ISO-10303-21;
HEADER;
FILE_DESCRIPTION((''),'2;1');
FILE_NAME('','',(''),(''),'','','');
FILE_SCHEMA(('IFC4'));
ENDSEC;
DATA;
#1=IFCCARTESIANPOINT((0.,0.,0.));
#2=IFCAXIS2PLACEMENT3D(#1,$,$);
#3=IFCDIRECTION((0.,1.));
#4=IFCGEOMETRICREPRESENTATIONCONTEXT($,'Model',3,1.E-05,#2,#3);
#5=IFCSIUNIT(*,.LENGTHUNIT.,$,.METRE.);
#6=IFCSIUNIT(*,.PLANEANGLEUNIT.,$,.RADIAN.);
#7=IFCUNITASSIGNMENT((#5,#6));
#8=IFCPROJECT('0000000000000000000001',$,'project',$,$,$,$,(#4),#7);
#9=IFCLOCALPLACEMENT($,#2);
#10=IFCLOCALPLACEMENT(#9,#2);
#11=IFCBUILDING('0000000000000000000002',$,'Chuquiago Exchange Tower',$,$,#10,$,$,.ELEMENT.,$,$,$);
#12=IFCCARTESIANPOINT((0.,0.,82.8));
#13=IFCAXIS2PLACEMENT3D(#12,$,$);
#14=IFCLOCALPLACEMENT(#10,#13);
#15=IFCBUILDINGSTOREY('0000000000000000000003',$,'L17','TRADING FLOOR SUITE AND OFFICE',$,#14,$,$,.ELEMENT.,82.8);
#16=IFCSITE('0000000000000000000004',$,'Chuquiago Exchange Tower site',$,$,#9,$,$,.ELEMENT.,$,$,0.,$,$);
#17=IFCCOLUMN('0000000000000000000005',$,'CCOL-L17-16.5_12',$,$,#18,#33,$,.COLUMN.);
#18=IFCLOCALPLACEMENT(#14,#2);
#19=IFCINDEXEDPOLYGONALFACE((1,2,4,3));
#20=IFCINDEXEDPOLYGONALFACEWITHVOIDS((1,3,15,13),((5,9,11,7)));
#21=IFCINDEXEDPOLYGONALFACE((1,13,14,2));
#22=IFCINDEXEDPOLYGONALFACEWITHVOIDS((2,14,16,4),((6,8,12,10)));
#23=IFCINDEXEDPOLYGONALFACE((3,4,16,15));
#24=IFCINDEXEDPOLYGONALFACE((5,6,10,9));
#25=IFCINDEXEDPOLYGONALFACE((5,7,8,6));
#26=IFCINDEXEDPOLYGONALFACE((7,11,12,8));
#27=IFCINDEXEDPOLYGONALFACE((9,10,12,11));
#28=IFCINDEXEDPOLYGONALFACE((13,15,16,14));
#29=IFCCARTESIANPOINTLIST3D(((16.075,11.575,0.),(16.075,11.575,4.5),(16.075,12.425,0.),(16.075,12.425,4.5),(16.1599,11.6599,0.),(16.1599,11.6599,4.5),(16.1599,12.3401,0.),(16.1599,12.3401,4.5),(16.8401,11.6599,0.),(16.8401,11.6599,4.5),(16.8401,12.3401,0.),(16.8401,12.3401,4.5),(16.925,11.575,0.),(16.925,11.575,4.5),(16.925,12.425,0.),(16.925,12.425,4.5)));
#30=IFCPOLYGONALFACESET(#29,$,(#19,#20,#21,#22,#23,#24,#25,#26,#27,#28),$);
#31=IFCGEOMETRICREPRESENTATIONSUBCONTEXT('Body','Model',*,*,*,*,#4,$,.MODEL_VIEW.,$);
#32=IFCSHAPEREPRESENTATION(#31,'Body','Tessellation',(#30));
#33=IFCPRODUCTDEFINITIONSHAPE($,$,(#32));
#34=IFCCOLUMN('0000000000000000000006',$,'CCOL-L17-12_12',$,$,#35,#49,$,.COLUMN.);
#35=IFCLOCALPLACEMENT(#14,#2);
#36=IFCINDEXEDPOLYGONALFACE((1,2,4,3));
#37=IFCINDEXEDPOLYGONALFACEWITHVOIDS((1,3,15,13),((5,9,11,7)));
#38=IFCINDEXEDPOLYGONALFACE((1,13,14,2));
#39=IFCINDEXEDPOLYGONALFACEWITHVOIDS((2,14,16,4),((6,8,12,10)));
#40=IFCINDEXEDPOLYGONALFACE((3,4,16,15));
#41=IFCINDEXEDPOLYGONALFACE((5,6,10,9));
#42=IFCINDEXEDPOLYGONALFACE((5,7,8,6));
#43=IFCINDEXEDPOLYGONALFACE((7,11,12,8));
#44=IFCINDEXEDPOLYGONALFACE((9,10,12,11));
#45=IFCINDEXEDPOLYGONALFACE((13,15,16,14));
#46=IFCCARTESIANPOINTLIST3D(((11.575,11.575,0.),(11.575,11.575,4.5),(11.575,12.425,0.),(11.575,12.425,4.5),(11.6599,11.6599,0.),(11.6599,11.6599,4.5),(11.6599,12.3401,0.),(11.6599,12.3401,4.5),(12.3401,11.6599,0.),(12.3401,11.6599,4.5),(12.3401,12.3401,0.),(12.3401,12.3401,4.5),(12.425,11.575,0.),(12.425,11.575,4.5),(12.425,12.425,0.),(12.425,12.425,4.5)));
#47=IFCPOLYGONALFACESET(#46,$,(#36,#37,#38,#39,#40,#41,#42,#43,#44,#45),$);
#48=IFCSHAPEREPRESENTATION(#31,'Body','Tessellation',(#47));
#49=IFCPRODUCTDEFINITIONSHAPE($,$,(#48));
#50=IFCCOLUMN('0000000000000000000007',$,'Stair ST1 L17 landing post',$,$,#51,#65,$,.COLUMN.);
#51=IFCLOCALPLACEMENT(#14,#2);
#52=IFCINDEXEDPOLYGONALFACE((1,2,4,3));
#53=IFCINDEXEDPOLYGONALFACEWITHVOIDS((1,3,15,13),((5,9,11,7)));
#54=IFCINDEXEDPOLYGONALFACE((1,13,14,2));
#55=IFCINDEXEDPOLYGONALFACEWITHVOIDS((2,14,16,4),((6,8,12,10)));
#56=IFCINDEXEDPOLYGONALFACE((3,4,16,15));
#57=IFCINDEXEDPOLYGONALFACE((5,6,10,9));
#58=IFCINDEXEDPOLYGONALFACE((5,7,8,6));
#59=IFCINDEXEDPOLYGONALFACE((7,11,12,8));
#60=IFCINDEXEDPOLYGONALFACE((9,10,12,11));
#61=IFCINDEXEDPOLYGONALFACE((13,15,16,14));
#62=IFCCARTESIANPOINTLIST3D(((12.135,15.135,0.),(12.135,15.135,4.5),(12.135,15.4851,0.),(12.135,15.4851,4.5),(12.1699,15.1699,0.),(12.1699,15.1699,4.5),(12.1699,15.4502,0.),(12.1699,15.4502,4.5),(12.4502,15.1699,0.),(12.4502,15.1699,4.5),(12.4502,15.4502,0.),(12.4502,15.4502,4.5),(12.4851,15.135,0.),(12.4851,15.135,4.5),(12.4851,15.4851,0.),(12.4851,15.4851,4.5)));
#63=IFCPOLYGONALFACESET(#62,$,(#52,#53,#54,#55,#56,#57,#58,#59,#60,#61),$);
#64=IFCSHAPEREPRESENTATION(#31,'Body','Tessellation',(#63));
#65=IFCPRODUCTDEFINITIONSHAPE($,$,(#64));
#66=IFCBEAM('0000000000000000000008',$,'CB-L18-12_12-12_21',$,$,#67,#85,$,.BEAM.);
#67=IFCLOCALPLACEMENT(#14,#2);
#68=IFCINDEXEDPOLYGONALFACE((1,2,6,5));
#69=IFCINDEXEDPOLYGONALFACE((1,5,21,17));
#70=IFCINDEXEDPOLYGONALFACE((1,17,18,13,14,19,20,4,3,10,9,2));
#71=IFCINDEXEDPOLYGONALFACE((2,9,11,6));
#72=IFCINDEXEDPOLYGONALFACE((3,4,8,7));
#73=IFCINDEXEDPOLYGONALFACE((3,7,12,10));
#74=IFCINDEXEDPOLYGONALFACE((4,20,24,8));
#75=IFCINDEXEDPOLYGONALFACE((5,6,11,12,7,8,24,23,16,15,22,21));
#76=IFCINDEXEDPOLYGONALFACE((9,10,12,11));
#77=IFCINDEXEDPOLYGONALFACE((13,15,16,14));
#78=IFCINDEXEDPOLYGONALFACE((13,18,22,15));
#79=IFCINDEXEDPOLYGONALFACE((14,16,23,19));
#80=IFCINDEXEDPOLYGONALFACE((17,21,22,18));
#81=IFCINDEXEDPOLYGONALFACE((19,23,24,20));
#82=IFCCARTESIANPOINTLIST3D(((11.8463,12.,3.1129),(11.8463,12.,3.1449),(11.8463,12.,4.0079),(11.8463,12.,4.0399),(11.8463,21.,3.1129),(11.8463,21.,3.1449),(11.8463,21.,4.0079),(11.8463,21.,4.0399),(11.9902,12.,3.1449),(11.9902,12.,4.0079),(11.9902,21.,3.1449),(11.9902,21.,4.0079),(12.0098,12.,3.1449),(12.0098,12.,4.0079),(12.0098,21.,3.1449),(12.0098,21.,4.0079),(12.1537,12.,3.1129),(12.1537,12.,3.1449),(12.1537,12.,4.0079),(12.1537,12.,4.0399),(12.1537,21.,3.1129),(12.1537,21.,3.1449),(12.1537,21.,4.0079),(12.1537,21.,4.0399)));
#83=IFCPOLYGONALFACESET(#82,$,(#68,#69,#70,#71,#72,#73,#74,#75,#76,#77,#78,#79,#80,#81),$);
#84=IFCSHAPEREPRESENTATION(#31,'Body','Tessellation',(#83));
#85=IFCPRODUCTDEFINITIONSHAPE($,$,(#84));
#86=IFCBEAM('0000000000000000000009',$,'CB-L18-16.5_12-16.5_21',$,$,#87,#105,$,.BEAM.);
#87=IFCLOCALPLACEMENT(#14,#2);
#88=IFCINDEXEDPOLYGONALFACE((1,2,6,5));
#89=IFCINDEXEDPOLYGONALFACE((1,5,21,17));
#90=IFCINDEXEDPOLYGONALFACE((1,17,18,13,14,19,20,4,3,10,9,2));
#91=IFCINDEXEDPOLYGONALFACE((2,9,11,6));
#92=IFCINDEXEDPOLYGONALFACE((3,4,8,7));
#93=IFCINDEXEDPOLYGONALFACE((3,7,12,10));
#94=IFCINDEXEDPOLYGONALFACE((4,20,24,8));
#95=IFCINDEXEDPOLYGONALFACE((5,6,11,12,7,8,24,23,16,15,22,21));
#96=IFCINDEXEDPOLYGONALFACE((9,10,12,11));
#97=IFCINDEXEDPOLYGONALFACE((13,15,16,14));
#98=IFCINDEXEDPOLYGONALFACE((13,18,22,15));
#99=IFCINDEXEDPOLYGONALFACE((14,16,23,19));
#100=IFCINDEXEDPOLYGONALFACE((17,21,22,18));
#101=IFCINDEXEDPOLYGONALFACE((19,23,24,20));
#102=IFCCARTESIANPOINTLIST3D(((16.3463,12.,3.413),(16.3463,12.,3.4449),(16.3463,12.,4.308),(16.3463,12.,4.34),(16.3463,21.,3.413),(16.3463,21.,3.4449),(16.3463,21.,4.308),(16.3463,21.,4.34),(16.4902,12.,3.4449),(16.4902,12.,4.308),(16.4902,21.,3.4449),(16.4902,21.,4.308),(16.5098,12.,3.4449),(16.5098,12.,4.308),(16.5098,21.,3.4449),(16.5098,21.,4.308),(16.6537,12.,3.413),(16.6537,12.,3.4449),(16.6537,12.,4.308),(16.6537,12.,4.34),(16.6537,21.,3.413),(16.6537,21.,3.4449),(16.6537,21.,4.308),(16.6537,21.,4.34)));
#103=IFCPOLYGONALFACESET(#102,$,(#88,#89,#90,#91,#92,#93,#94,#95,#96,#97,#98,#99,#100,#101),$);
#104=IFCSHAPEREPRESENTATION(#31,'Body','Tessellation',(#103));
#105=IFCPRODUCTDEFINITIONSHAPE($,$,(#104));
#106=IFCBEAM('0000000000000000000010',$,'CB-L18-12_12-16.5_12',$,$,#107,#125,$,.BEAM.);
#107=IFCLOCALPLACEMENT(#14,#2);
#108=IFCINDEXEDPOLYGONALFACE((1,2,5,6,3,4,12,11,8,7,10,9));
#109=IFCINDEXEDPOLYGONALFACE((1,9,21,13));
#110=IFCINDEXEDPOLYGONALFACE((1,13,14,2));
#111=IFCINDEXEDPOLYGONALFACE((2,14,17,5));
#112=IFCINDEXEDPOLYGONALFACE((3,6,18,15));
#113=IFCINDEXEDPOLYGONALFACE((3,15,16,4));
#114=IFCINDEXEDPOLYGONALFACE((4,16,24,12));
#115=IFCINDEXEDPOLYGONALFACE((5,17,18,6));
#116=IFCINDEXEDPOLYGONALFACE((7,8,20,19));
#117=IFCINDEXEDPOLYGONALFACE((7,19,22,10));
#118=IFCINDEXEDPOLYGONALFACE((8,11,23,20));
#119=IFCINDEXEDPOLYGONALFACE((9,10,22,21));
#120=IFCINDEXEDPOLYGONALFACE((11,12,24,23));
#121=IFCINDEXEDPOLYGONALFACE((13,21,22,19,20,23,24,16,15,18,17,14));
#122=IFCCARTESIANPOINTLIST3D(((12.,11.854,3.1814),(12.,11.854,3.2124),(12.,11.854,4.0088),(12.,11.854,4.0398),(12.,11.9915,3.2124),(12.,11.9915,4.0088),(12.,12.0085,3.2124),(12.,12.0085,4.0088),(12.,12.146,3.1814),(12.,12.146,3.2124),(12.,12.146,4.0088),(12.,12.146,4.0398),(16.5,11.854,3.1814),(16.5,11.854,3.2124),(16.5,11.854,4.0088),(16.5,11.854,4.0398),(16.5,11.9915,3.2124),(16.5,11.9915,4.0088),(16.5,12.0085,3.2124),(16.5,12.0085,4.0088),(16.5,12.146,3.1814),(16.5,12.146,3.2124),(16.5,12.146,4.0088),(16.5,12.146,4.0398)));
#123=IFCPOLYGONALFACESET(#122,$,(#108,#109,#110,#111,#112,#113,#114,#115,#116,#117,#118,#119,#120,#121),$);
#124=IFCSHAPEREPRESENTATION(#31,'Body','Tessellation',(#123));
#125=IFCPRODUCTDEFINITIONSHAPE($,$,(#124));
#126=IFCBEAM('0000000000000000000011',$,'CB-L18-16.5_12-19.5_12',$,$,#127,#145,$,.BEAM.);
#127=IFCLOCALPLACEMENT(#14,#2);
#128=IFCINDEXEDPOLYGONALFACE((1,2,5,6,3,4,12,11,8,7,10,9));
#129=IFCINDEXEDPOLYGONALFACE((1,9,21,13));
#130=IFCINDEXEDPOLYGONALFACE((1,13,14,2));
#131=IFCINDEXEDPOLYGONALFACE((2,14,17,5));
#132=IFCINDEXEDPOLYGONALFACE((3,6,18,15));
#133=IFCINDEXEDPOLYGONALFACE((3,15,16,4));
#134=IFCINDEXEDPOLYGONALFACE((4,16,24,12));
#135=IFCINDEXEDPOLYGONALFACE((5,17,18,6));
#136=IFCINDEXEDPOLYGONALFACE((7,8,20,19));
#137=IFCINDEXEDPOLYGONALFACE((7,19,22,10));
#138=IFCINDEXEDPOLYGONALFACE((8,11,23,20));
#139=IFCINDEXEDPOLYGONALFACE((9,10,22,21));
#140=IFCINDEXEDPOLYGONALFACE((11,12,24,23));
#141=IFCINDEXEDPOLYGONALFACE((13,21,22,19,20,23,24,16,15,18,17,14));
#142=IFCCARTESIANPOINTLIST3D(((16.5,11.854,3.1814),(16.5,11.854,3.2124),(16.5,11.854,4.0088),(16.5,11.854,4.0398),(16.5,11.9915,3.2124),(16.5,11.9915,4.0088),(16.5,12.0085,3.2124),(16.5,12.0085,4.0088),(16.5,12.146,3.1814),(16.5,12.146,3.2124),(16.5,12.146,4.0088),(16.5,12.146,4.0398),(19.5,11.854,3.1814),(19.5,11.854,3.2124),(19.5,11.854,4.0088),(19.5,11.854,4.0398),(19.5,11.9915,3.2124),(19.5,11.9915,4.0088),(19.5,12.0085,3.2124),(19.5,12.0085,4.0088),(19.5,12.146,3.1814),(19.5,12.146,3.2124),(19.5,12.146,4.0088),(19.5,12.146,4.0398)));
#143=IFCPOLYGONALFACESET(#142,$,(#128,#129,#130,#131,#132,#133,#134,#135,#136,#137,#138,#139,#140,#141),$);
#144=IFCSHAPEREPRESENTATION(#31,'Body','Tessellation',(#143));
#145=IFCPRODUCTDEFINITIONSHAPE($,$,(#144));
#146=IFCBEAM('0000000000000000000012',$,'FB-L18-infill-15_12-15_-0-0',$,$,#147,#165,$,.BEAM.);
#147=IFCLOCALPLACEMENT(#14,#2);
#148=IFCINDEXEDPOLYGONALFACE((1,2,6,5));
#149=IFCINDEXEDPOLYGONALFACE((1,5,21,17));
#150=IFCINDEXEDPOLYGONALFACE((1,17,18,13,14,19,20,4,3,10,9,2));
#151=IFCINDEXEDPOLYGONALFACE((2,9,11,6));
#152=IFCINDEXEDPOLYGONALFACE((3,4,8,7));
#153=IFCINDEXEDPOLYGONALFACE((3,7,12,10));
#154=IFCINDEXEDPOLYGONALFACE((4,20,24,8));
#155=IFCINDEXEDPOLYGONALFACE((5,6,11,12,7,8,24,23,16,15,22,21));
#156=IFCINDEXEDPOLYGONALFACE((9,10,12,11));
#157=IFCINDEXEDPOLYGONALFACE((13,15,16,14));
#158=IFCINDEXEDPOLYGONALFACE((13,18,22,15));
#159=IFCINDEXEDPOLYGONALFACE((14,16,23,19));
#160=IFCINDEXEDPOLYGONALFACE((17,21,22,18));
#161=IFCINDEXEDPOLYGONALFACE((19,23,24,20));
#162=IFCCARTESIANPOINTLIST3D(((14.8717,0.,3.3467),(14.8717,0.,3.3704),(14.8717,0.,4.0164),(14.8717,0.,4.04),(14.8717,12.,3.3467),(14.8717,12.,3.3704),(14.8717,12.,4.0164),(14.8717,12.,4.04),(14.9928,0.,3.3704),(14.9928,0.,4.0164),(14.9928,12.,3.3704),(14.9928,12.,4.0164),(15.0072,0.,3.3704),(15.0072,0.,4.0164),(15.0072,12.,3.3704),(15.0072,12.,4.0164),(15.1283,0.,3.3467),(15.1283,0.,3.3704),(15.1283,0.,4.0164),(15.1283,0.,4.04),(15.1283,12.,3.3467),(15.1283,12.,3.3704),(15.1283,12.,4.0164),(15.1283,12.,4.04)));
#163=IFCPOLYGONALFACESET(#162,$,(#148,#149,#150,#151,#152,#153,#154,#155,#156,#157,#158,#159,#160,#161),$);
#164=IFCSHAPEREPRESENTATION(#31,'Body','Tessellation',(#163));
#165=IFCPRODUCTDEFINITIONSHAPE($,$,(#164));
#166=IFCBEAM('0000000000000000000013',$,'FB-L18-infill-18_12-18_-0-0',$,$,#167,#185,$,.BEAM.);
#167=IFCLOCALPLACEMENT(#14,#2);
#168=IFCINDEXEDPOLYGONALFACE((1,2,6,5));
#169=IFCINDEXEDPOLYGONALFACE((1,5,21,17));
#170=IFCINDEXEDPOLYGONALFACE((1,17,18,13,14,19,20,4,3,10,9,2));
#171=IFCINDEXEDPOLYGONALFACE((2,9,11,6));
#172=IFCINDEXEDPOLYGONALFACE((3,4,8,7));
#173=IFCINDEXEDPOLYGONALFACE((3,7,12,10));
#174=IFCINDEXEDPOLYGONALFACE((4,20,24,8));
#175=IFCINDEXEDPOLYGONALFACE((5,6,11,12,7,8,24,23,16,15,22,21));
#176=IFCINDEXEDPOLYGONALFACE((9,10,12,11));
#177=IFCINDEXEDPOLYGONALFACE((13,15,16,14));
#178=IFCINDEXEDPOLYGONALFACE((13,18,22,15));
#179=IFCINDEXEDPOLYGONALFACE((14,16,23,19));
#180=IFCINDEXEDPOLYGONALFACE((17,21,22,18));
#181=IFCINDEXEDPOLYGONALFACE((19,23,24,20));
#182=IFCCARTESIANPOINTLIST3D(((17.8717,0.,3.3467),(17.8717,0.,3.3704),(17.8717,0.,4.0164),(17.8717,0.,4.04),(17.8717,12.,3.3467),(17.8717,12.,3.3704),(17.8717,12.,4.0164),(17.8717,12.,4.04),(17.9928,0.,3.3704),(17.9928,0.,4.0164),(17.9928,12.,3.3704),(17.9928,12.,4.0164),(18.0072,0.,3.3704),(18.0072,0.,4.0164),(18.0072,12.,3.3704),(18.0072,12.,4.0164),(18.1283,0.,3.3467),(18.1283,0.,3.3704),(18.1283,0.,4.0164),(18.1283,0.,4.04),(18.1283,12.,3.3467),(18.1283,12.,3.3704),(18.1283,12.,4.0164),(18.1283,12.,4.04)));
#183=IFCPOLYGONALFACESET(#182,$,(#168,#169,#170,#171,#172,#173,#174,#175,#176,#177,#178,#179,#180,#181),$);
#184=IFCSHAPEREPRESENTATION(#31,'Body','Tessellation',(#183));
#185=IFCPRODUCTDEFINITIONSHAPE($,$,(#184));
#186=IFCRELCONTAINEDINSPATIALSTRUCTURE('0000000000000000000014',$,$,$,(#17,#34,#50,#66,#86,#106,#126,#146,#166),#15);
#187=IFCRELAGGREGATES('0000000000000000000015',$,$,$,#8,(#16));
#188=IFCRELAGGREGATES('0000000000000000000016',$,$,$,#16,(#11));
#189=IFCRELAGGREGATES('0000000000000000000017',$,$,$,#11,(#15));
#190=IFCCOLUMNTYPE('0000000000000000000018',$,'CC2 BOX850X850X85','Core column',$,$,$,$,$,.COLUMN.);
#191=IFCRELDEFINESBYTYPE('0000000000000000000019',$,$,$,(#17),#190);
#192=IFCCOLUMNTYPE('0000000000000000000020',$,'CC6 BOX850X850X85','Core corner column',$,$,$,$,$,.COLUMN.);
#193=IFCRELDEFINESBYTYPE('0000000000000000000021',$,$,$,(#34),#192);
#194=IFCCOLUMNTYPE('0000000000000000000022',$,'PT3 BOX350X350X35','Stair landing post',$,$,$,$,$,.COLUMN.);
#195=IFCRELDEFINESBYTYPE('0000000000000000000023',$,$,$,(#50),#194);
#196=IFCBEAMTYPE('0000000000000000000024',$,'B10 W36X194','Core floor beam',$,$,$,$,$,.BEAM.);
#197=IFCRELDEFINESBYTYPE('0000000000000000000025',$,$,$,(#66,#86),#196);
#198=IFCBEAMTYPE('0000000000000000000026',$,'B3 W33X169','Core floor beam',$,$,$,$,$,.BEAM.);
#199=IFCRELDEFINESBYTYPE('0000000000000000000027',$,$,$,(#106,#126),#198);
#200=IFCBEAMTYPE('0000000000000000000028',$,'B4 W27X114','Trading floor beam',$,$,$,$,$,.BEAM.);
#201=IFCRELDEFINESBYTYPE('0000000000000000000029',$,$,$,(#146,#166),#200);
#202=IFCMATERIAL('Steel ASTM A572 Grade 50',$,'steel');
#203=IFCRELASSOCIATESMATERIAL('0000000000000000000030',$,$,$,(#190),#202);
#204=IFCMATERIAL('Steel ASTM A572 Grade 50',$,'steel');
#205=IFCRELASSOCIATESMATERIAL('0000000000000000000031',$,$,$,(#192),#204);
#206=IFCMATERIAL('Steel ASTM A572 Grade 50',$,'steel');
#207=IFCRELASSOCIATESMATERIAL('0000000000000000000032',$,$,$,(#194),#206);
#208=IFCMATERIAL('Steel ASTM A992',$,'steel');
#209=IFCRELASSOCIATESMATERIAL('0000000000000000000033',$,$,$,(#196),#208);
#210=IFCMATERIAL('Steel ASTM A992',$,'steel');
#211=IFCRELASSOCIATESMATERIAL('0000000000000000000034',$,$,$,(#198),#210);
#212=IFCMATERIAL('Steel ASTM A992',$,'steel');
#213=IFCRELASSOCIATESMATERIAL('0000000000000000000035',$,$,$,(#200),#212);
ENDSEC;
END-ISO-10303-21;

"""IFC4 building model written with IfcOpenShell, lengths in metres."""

from ifc_helpers import new_model, si_unit, direction, frame, origin, origin_2d, place, context, subcontext, project, spatial, hollow_rectangle, i_section, extrude, material, material_profile, profile_set, type_object, element, save


model = new_model("IFC4")

# Units and contexts
model_context = context("Model", 3, precision=1e-05, world=origin(), true_north=direction((0.0, 1.0)))
body_context = subcontext(model_context, "Body", "Model", "MODEL_VIEW")
ifc_project = project(units=[si_unit("LENGTHUNIT", "METRE"), si_unit("PLANEANGLEUNIT", "RADIAN")], contexts=[model_context])

# Site, building, storey
site_placement = place(None, origin())
site = spatial("IfcSite", under=ifc_project, at=site_placement, Name="Chuquiago Exchange Tower site", CompositionType="ELEMENT", RefElevation=0.0)
building_placement = place(site_placement, origin())
building = spatial("IfcBuilding", under=site, at=building_placement, Name="Chuquiago Exchange Tower", CompositionType="ELEMENT")
storey_placement = place(building_placement, frame((0.0, 0.0, 82.8)))
storey = spatial("IfcBuildingStorey", under=building, at=storey_placement, Name="L17", Description="TRADING FLOOR SUITE AND OFFICE", CompositionType="ELEMENT", Elevation=82.8)

# Columns
ifc_material_1 = material(Name="Steel ASTM A572 Grade 50", Category="steel")
ifc_material_profile_1 = material_profile(ifc_material_1, hollow_rectangle(XDim=0.8501, YDim=0.8501, WallThickness=0.085, at=origin_2d()), Name="BOX850X850X85")
ifc_profile_set_1 = profile_set([ifc_material_profile_1], Name="Steel ASTM A572 Grade 50")
column_type_1 = type_object("IfcColumnType", Name="CC2 BOX850X850X85", Description="Core column", PredefinedType="COLUMN", material=ifc_profile_set_1)
column_1_placement = place(storey_placement, frame((16.5, 12.0, 0.0), z_axis=(0.0, 0.0, 1.0), x_axis=(1.0, 0.0, 0.0)))
element("IfcColumn", 1, at=column_1_placement, inside=storey, type_object=column_type_1, Name="CCOL-L17-16.5_12", PredefinedType="COLUMN", context=body_context, shape_type="SweptSolid", body=[
    extrude(hollow_rectangle(XDim=0.8501, YDim=0.8501, WallThickness=0.085, at=origin_2d()), origin(), (0.0, 0.0, 1.0), 4.5),
])
ifc_material_2 = material(Name="Steel ASTM A572 Grade 50", Category="steel")
ifc_material_profile_2 = material_profile(ifc_material_2, hollow_rectangle(XDim=0.8501, YDim=0.8501, WallThickness=0.085, at=origin_2d()), Name="BOX850X850X85")
ifc_profile_set_2 = profile_set([ifc_material_profile_2], Name="Steel ASTM A572 Grade 50")
column_type_2 = type_object("IfcColumnType", Name="CC6 BOX850X850X85", Description="Core corner column", PredefinedType="COLUMN", material=ifc_profile_set_2)
column_2_placement = place(storey_placement, frame((12.0, 12.0, 0.0), z_axis=(0.0, 0.0, 1.0), x_axis=(1.0, 0.0, 0.0)))
element("IfcColumn", 2, at=column_2_placement, inside=storey, type_object=column_type_2, Name="CCOL-L17-12_12", PredefinedType="COLUMN", context=body_context, shape_type="SweptSolid", body=[
    extrude(hollow_rectangle(XDim=0.8501, YDim=0.8501, WallThickness=0.085, at=origin_2d()), origin(), (0.0, 0.0, 1.0), 4.5),
])
ifc_material_3 = material(Name="Steel ASTM A572 Grade 50", Category="steel")
ifc_material_profile_3 = material_profile(ifc_material_3, hollow_rectangle(XDim=0.3501, YDim=0.3501, WallThickness=0.0349, at=origin_2d()), Name="BOX350X350X35")
ifc_profile_set_3 = profile_set([ifc_material_profile_3], Name="Steel ASTM A572 Grade 50")
column_type_3 = type_object("IfcColumnType", Name="PT3 BOX350X350X35", Description="Stair landing post", PredefinedType="COLUMN", material=ifc_profile_set_3)
column_3_placement = place(storey_placement, frame((12.3101, 15.3101, 0.0), z_axis=(0.0, 0.0, 1.0), x_axis=(1.0, 0.0, 0.0)))
element("IfcColumn", 3, at=column_3_placement, inside=storey, type_object=column_type_3, Name="Stair ST1 L17 landing post", PredefinedType="COLUMN", context=body_context, shape_type="SweptSolid", body=[
    extrude(hollow_rectangle(XDim=0.3501, YDim=0.3501, WallThickness=0.0349, at=origin_2d()), origin(), (0.0, 0.0, 1.0), 4.5),
])

# Beams
ifc_material_4 = material(Name="Steel ASTM A992", Category="steel")
ifc_material_profile_4 = material_profile(ifc_material_4, i_section(OverallWidth=0.3074, OverallDepth=0.927, WebThickness=0.0195, FlangeThickness=0.032, at=origin_2d()), Name="W36X194")
ifc_profile_set_4 = profile_set([ifc_material_profile_4], Name="Steel ASTM A992")
beam_type_1 = type_object("IfcBeamType", Name="B10 W36X194", Description="Core floor beam", PredefinedType="BEAM", material=ifc_profile_set_4)
for number, where, z_axis, x_axis, name in (
    (4, (12.0, 12.0, 3.5764), (0.0, 1.0, 0.0), (-1.0, 0.0, 0.0), "CB-L18-12_12-12_21"),
    (5, (16.5, 12.0, 3.8765), (0.0, 1.0, 0.0), (-1.0, 0.0, 0.0), "CB-L18-16.5_12-16.5_21"),
):
    element("IfcBeam", number, at=place(storey_placement, frame(where, z_axis=z_axis, x_axis=x_axis)), inside=storey, type_object=beam_type_1, Name=name, PredefinedType="BEAM", context=body_context, shape_type="SweptSolid", body=[
        extrude(i_section(OverallWidth=0.3074, OverallDepth=0.927, WebThickness=0.0195, FlangeThickness=0.032, at=origin_2d()), origin(), (0.0, 0.0, 1.0), 9.0),
    ])
ifc_material_5 = material(Name="Steel ASTM A992", Category="steel")
ifc_material_profile_5 = material_profile(ifc_material_5, i_section(OverallWidth=0.292, OverallDepth=0.8584, WebThickness=0.0171, FlangeThickness=0.031, at=origin_2d()), Name="W33X169")
ifc_profile_set_5 = profile_set([ifc_material_profile_5], Name="Steel ASTM A992")
beam_type_2 = type_object("IfcBeamType", Name="B3 W33X169", Description="Core floor beam", PredefinedType="BEAM", material=ifc_profile_set_5)
beam_1_placement = place(storey_placement, frame((12.0, 12.0, 3.6106), z_axis=(1.0, 0.0, 0.0), x_axis=(0.0, 1.0, 0.0)))
element("IfcBeam", 6, at=beam_1_placement, inside=storey, type_object=beam_type_2, Name="CB-L18-12_12-16.5_12", PredefinedType="BEAM", context=body_context, shape_type="SweptSolid", body=[
    extrude(i_section(OverallWidth=0.292, OverallDepth=0.8584, WebThickness=0.0171, FlangeThickness=0.031, at=origin_2d()), origin(), (0.0, 0.0, 1.0), 4.5),
])
beam_2_placement = place(storey_placement, frame((16.5, 12.0, 3.6106), z_axis=(1.0, 0.0, 0.0), x_axis=(0.0, 1.0, 0.0)))
element("IfcBeam", 7, at=beam_2_placement, inside=storey, type_object=beam_type_2, Name="CB-L18-16.5_12-19.5_12", PredefinedType="BEAM", context=body_context, shape_type="SweptSolid", body=[
    extrude(i_section(OverallWidth=0.292, OverallDepth=0.8584, WebThickness=0.0171, FlangeThickness=0.031, at=origin_2d()), origin(), (0.0, 0.0, 1.0), 3.0),
])
ifc_material_6 = material(Name="Steel ASTM A992", Category="steel")
ifc_material_profile_6 = material_profile(ifc_material_6, i_section(OverallWidth=0.2566, OverallDepth=0.6934, WebThickness=0.0144, FlangeThickness=0.0237, at=origin_2d()), Name="W27X114")
ifc_profile_set_6 = profile_set([ifc_material_profile_6], Name="Steel ASTM A992")
beam_type_3 = type_object("IfcBeamType", Name="B4 W27X114", Description="Trading floor beam", PredefinedType="BEAM", material=ifc_profile_set_6)
for number, where, z_axis, x_axis, name in (
    (8, (15.0, 12.0, 3.6934), (0.0, -1.0, 0.0), (1.0, 0.0, 0.0), "FB-L18-infill-15_12-15_-0-0"),
    (9, (18.0, 12.0, 3.6934), (0.0, -1.0, 0.0), (1.0, 0.0, 0.0), "FB-L18-infill-18_12-18_-0-0"),
):
    element("IfcBeam", number, at=place(storey_placement, frame(where, z_axis=z_axis, x_axis=x_axis)), inside=storey, type_object=beam_type_3, Name=name, PredefinedType="BEAM", context=body_context, shape_type="SweptSolid", body=[
        extrude(i_section(OverallWidth=0.2566, OverallDepth=0.6934, WebThickness=0.0144, FlangeThickness=0.0237, at=origin_2d()), origin(), (0.0, 0.0, 1.0), 12.0),
    ])

save(model, "model.ifc")
